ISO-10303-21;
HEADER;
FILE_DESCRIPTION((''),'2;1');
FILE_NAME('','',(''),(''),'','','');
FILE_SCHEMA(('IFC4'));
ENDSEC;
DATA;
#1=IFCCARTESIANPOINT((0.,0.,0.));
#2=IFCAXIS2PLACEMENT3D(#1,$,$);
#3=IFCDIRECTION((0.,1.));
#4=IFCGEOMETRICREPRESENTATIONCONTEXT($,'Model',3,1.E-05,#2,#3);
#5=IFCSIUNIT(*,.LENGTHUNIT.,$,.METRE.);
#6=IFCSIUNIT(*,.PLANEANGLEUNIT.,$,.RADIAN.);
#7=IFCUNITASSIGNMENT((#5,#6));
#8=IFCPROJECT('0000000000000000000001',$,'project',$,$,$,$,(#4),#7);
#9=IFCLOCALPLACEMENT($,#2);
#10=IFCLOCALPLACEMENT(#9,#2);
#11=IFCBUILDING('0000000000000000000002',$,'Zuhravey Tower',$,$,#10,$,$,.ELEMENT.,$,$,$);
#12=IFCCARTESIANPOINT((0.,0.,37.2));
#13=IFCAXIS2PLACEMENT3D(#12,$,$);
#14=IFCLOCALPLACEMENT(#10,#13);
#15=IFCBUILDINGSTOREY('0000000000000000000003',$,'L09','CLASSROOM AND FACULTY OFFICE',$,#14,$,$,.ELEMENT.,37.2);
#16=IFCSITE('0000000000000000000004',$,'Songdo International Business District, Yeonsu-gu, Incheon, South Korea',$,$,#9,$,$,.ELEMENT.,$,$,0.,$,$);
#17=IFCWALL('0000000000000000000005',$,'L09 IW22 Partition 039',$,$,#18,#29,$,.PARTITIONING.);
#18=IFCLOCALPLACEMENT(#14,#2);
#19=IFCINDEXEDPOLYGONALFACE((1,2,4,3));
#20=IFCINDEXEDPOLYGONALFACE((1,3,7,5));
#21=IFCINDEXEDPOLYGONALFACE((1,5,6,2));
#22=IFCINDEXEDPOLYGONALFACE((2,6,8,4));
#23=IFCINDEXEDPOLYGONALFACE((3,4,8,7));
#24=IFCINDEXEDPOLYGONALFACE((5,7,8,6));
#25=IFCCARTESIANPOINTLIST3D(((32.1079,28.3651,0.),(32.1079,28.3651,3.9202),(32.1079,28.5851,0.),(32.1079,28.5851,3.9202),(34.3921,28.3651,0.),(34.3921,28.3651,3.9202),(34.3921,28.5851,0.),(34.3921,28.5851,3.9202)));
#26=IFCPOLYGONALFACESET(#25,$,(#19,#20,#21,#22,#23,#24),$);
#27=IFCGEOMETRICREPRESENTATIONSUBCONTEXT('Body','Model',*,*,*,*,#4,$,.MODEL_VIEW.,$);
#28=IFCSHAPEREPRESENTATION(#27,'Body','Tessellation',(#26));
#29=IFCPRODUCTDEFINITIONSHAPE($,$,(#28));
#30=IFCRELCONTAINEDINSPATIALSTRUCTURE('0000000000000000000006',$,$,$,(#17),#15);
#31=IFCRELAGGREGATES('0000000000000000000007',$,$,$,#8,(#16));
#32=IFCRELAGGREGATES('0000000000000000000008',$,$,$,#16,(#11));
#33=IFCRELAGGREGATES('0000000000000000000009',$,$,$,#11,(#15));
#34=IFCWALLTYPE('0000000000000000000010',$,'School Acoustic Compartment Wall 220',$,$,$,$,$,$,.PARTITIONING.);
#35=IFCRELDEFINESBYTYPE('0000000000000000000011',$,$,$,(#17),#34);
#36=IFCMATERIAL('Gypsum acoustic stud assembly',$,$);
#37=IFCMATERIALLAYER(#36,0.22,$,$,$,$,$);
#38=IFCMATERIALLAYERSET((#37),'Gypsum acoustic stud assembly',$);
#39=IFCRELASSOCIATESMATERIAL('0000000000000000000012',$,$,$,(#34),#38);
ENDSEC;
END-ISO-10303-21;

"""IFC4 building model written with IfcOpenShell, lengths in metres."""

from ifc_helpers import new_model, si_unit, direction, frame, frame_2d, origin, place, context, subcontext, project, spatial, rectangle, extrude, material, layer, layer_set, type_object, element, save


model = new_model("IFC4")

# Units and contexts
model_context = context("Model", 3, precision=1e-05, world=origin(), true_north=direction((0.0, 1.0)))
body_context = subcontext(model_context, "Body", "Model", "MODEL_VIEW")
ifc_project = project(units=[si_unit("LENGTHUNIT", "METRE"), si_unit("PLANEANGLEUNIT", "RADIAN")], contexts=[model_context])

# Site, building, storey
site_placement = place(None, origin())
site = spatial("IfcSite", under=ifc_project, at=site_placement, Name="Songdo International Business District, Yeonsu-gu, Incheon, South Korea", CompositionType="ELEMENT", RefElevation=0.0)
building_placement = place(site_placement, origin())
building = spatial("IfcBuilding", under=site, at=building_placement, Name="Zuhravey Tower", CompositionType="ELEMENT")
storey_placement = place(building_placement, frame((0.0, 0.0, 37.2)))
storey = spatial("IfcBuildingStorey", under=building, at=storey_placement, Name="L09", Description="CLASSROOM AND FACULTY OFFICE", CompositionType="ELEMENT", Elevation=37.2)

# Wall
ifc_material_1 = material(Name="Gypsum acoustic stud assembly")
ifc_layer_1 = layer(ifc_material_1, 0.22)
ifc_layer_set_1 = layer_set([ifc_layer_1], Name="Gypsum acoustic stud assembly")
wall_type_1 = type_object("IfcWallType", Name="School Acoustic Compartment Wall 220", PredefinedType="PARTITIONING", material=ifc_layer_set_1)
for number, where, z_axis, x_axis, name in (
    (1, (32.1079, 28.4751, 0.0), (0.0, 0.0, 1.0), (1.0, 0.0, 0.0), "L09 IW22 Partition 039"),
):
    element("IfcWall", number, at=place(storey_placement, frame(where, z_axis=z_axis, x_axis=x_axis)), inside=storey, type_object=wall_type_1, Name=name, PredefinedType="PARTITIONING", context=body_context, shape_type="SweptSolid", body=[
        extrude(rectangle(XDim=2.2842, YDim=0.22, at=frame_2d((1.1421, 0.0))), origin(), (0.0, 0.0, 1.0), 3.9202),
    ])

save(model, "model.ifc")
